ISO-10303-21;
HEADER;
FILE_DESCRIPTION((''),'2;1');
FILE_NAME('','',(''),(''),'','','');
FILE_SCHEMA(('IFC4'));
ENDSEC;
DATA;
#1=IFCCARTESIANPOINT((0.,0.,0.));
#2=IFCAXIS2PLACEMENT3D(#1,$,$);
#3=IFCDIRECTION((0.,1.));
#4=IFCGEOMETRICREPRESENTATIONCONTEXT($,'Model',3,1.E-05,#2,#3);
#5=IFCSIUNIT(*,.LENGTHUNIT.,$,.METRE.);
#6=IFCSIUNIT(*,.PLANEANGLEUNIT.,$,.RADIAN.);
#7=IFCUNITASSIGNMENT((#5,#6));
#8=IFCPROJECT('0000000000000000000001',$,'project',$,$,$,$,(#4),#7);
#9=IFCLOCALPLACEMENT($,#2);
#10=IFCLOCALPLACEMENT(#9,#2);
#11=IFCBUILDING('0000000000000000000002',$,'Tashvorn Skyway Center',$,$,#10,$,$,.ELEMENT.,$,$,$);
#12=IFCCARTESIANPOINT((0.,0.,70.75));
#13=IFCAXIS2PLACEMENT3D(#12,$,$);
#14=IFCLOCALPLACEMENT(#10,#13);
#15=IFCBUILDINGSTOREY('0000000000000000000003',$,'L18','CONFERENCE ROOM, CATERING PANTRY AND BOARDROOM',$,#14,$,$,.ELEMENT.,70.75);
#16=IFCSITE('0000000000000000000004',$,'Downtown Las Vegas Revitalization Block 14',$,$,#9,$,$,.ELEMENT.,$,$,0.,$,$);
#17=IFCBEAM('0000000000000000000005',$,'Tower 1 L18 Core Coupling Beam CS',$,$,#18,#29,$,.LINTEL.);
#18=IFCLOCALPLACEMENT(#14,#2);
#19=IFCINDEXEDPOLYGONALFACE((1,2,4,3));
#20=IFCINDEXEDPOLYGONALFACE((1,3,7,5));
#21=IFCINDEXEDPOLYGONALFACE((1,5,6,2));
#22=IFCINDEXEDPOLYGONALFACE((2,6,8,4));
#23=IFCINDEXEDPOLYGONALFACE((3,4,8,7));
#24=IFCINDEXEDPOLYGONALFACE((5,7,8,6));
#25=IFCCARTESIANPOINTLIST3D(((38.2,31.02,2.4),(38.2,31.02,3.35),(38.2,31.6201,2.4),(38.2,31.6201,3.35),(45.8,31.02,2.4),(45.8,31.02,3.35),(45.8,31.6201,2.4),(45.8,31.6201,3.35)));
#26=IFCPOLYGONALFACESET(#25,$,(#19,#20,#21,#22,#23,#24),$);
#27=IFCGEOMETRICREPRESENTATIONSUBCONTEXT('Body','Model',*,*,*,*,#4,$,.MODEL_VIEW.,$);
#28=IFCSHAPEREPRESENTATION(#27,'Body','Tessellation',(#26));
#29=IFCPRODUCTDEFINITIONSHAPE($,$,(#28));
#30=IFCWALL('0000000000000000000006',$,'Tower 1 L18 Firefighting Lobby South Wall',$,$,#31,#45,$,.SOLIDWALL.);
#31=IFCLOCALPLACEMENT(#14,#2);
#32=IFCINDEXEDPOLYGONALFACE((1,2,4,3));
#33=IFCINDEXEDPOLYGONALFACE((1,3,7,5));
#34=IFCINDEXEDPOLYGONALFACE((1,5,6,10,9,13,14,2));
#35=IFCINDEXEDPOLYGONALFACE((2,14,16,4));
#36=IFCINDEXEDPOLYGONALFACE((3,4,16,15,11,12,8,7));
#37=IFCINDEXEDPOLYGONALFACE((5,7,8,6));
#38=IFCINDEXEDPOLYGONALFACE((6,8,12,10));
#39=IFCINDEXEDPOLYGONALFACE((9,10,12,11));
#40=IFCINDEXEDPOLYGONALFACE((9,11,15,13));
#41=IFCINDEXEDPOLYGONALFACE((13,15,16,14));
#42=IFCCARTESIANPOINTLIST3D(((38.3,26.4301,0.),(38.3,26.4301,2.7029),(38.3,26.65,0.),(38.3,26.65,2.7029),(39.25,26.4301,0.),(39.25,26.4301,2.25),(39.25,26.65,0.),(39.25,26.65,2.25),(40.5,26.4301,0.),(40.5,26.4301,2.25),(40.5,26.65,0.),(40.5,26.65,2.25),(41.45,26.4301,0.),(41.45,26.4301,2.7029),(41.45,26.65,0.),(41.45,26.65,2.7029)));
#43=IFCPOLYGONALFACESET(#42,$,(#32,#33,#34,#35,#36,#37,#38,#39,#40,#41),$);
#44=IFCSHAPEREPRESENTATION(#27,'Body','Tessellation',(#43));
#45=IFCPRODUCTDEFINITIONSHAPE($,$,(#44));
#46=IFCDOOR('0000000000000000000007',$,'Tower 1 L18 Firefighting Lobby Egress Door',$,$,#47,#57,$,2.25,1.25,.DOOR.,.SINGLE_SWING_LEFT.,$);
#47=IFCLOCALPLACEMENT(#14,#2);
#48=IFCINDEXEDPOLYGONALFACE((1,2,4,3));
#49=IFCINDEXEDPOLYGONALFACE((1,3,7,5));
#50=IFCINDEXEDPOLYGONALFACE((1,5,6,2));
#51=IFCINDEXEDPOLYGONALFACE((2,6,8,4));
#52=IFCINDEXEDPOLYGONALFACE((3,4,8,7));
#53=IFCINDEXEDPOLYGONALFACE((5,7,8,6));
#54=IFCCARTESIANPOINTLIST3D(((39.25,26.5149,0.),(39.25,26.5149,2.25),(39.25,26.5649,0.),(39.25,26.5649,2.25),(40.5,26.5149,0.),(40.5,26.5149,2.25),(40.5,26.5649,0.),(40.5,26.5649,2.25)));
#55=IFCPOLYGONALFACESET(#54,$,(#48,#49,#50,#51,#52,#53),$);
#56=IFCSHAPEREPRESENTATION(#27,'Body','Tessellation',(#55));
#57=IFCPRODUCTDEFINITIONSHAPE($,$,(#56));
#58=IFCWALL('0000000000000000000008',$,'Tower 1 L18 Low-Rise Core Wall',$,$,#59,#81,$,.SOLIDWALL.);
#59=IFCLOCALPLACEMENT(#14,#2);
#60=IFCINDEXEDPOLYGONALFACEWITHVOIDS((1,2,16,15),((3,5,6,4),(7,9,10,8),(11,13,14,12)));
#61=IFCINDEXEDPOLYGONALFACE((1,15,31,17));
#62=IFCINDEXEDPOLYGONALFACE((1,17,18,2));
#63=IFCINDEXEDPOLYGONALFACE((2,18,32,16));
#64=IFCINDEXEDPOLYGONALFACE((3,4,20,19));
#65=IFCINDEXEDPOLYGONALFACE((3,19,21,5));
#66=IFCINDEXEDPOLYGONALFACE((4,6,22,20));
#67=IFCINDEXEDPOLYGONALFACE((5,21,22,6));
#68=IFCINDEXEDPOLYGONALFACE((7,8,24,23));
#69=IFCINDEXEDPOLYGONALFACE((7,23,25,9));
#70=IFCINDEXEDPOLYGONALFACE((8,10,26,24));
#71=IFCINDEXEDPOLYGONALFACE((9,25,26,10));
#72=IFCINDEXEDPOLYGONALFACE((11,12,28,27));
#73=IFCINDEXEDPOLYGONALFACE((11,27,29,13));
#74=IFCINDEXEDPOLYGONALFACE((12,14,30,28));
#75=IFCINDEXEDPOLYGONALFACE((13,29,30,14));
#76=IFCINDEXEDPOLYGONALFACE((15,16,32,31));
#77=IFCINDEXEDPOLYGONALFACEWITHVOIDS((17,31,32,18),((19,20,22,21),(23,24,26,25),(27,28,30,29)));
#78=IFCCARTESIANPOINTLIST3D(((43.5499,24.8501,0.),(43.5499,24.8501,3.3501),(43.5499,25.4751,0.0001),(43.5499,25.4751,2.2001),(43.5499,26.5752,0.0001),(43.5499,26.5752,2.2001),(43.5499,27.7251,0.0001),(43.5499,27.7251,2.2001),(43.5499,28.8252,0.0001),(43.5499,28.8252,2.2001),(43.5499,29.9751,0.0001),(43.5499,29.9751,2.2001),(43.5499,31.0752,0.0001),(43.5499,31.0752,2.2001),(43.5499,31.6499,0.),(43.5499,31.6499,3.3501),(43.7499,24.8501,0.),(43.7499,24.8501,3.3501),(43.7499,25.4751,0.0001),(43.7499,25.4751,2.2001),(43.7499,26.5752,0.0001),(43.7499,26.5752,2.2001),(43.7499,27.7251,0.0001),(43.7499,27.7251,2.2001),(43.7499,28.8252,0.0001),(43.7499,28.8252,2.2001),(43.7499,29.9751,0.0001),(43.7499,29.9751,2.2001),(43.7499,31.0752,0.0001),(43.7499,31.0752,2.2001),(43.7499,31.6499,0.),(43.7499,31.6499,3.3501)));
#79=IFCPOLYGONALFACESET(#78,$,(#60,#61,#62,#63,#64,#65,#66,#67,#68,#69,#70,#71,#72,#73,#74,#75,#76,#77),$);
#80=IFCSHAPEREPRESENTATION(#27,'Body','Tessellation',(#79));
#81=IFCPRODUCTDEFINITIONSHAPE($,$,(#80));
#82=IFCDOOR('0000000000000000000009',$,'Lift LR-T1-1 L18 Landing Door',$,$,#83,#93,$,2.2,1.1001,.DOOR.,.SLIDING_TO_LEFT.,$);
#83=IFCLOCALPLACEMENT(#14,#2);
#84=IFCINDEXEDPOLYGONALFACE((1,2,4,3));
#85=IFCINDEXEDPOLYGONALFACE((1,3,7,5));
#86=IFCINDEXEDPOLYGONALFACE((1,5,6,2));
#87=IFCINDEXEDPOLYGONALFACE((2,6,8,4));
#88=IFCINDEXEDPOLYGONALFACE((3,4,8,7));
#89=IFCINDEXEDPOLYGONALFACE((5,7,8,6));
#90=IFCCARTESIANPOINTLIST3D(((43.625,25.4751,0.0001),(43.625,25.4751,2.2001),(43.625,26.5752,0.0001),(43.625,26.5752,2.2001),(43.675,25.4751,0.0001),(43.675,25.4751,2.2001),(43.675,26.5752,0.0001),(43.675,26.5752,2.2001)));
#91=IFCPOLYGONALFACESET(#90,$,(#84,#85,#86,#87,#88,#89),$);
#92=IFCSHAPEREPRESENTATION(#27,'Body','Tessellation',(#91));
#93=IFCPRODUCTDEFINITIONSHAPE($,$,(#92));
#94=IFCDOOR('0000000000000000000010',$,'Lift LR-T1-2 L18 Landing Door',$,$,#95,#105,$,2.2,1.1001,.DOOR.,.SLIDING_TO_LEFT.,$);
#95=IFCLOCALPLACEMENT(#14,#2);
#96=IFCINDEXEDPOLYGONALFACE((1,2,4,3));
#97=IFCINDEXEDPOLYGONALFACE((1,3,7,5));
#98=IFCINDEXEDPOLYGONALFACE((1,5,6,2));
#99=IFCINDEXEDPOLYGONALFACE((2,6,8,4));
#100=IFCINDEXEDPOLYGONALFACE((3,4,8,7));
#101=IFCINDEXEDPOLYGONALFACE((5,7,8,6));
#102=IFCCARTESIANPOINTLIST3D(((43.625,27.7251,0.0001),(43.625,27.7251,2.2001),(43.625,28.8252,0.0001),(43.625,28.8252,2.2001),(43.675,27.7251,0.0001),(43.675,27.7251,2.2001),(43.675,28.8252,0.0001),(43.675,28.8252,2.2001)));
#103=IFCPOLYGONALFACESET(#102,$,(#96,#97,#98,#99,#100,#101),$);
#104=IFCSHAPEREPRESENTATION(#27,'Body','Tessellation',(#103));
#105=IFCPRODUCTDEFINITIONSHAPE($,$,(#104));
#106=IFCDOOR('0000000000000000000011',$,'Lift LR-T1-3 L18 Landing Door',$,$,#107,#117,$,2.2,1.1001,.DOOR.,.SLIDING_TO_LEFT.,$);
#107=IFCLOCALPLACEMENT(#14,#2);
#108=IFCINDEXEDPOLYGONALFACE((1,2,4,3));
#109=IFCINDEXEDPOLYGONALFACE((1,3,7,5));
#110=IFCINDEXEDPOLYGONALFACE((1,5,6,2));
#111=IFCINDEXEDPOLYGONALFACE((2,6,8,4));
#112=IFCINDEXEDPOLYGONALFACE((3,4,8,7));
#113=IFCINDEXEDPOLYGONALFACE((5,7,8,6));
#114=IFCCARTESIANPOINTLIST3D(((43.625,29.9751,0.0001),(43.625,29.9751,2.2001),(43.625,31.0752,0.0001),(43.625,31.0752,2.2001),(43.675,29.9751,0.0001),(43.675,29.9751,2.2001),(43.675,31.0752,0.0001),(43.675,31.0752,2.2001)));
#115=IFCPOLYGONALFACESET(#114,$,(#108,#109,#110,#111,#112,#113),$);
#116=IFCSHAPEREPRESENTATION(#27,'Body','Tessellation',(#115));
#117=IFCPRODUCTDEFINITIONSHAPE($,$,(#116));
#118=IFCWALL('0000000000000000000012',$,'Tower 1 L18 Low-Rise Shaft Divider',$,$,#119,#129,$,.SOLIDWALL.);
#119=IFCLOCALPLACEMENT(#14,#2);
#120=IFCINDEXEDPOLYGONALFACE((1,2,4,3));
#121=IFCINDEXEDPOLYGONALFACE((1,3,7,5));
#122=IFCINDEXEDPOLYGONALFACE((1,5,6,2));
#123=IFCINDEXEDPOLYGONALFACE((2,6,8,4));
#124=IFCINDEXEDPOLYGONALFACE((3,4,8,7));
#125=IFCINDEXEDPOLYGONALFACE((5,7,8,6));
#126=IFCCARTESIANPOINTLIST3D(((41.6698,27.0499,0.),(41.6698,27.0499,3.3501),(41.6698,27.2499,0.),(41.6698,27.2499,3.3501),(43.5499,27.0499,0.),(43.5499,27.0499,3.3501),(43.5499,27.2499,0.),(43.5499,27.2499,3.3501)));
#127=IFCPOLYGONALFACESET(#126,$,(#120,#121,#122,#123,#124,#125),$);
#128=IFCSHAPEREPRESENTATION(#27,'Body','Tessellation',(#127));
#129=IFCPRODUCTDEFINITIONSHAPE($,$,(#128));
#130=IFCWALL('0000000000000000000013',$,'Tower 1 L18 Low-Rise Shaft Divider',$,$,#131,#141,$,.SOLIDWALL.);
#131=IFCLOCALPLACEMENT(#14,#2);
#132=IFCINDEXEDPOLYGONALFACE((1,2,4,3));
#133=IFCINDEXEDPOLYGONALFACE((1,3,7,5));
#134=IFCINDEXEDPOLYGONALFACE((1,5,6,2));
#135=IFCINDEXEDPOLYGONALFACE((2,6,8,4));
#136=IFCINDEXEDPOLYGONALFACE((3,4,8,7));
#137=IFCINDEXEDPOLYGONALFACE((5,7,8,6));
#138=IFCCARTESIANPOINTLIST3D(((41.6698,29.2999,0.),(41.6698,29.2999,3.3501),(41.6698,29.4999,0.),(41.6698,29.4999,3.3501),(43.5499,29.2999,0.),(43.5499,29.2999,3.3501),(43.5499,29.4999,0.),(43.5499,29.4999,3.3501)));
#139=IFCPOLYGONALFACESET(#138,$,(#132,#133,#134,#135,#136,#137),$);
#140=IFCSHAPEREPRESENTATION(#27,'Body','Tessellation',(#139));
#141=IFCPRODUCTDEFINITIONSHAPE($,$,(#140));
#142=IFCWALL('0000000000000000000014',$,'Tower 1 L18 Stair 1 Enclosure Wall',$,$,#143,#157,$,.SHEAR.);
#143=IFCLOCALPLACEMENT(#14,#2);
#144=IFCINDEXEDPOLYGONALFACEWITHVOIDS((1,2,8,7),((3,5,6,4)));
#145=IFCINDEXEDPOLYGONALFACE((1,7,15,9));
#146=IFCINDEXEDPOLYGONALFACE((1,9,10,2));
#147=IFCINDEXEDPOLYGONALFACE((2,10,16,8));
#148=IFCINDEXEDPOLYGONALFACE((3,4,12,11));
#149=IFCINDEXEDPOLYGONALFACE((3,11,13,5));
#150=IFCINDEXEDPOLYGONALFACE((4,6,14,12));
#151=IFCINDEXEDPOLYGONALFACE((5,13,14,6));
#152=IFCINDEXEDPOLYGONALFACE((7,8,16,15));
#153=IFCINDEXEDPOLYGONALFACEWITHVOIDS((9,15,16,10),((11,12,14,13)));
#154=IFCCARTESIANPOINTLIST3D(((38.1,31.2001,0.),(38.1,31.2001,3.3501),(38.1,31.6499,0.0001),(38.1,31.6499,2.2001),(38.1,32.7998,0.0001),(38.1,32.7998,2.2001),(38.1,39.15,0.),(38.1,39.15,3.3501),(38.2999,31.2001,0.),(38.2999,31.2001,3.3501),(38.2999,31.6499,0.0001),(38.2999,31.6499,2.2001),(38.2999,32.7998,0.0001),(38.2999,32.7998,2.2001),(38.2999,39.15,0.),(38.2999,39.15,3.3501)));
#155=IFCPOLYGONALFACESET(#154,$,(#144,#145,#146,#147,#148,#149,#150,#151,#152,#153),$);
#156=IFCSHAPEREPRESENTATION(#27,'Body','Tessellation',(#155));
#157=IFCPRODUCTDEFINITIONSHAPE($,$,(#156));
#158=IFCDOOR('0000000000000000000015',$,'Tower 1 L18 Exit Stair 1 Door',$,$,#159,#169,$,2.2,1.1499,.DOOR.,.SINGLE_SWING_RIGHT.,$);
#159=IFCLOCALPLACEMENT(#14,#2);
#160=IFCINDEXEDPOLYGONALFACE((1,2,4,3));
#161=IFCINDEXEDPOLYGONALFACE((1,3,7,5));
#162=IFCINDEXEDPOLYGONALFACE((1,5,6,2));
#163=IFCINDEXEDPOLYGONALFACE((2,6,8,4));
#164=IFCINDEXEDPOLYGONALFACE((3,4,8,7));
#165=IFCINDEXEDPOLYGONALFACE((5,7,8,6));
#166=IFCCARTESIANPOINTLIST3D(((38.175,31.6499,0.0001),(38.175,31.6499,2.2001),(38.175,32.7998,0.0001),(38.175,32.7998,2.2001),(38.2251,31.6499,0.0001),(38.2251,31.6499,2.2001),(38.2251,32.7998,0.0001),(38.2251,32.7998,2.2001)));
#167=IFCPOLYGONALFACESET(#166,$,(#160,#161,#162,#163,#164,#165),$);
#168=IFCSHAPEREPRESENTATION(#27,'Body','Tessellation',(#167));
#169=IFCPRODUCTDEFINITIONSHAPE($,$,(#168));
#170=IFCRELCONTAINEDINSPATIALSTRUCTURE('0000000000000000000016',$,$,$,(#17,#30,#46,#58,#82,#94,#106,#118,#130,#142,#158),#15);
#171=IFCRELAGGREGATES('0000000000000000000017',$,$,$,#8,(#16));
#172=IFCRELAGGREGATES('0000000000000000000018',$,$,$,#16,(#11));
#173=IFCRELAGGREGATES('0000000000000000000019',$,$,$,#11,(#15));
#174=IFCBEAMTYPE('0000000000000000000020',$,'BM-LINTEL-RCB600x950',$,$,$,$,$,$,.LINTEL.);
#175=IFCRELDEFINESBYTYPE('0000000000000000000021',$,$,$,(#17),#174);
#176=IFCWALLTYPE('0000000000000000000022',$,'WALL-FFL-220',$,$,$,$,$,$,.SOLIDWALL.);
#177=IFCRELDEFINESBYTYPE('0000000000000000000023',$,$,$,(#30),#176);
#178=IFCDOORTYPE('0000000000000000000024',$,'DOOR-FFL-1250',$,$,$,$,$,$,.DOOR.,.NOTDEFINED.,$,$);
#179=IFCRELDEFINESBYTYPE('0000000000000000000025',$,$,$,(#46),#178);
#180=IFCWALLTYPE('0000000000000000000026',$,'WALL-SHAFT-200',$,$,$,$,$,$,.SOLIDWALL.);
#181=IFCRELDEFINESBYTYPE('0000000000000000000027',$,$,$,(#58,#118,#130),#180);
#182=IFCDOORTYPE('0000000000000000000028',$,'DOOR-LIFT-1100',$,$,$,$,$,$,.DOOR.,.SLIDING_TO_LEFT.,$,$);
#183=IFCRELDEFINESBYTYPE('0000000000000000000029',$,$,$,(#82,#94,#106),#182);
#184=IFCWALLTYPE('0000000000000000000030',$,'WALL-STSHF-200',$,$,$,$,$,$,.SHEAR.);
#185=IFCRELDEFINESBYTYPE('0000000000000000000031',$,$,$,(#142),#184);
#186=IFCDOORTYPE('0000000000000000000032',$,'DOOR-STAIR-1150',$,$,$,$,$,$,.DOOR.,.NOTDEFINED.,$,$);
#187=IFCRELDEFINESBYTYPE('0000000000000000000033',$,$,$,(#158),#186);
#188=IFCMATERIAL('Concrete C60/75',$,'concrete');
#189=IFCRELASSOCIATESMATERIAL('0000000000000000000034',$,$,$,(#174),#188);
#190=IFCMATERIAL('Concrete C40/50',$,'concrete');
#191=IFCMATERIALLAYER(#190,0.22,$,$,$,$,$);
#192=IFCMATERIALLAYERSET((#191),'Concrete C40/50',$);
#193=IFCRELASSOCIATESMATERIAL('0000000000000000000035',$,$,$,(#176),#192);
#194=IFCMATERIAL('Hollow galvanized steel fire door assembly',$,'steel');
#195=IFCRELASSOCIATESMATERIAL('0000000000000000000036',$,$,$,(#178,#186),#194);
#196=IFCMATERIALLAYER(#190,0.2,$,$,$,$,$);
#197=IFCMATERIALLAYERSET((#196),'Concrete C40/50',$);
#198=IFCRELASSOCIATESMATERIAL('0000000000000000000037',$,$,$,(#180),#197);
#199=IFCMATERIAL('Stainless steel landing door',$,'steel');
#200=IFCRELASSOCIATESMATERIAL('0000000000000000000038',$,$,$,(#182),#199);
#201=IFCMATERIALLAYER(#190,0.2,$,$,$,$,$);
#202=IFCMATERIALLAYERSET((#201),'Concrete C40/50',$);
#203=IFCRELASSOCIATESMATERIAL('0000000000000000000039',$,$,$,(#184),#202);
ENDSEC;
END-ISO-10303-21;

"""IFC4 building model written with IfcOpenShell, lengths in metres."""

from ifc_helpers import new_model, si_unit, direction, frame, frame_2d, origin, origin_2d, place, context, subcontext, project, spatial, rectangle, extrude, material, layer, layer_set, material_profile, profile_set, type_object, element, fill, save


model = new_model("IFC4")

# Units and contexts
model_context = context("Model", 3, precision=1e-05, world=origin(), true_north=direction((0.0, 1.0)))
body_context = subcontext(model_context, "Body", "Model", "MODEL_VIEW")
ifc_project = project(units=[si_unit("LENGTHUNIT", "METRE"), si_unit("PLANEANGLEUNIT", "RADIAN")], contexts=[model_context])

# Site, building, storey
site_placement = place(None, origin())
site = spatial("IfcSite", under=ifc_project, at=site_placement, Name="Downtown Las Vegas Revitalization Block 14", CompositionType="ELEMENT", RefElevation=0.0)
building_placement = place(site_placement, origin())
building = spatial("IfcBuilding", under=site, at=building_placement, Name="Tashvorn Skyway Center", CompositionType="ELEMENT")
storey_placement = place(building_placement, frame((0.0, 0.0, 70.75)))
storey = spatial("IfcBuildingStorey", under=building, at=storey_placement, Name="L18", Description="CONFERENCE ROOM, CATERING PANTRY AND BOARDROOM", CompositionType="ELEMENT", Elevation=70.75)

# Beam
ifc_material_1 = material(Name="Concrete C60/75", Category="concrete")
ifc_material_profile = material_profile(ifc_material_1, rectangle(XDim=0.6001, YDim=0.95, at=origin_2d()), Name="RCB600x950")
ifc_profile_set = profile_set([ifc_material_profile], Name="Concrete C60/75")
beam_type = type_object("IfcBeamType", Name="BM-LINTEL-RCB600x950", PredefinedType="LINTEL", material=ifc_profile_set)
beam_placement = place(storey_placement, frame((38.2, 31.3201, 2.875), z_axis=(1.0, 0.0, 0.0), x_axis=(0.0, 1.0, 0.0)))
element("IfcBeam", 1, at=beam_placement, inside=storey, type_object=beam_type, Name="Tower 1 L18 Core Coupling Beam CS", PredefinedType="LINTEL", context=body_context, shape_type="SweptSolid", body=[
    extrude(rectangle(XDim=0.6001, YDim=0.95, at=origin_2d()), origin(), (0.0, 0.0, 1.0), 7.6001),
])

# Wall, opening, door
ifc_material_2 = material(Name="Concrete C40/50", Category="concrete")
ifc_layer_1 = layer(ifc_material_2, 0.22)
ifc_layer_set_1 = layer_set([ifc_layer_1], Name="Concrete C40/50")
wall_type_1 = type_object("IfcWallType", Name="WALL-FFL-220", PredefinedType="SOLIDWALL", material=ifc_layer_set_1)
wall_1_placement = place(storey_placement, frame((38.3, 26.54, 0.0), z_axis=(0.0, 0.0, 1.0), x_axis=(1.0, 0.0, 0.0)))
wall_1 = element("IfcWall", 2, at=wall_1_placement, inside=storey, type_object=wall_type_1, Name="Tower 1 L18 Firefighting Lobby South Wall", PredefinedType="SOLIDWALL", context=body_context, shape_type="SweptSolid", body=[
    extrude(rectangle(XDim=3.1499, YDim=0.22, at=frame_2d((1.575, 0.0))), origin(), (0.0, 0.0, 1.0), 2.7029),
])
opening_1_placement = place(wall_1_placement, frame((0.95, 0.0, 0.0)))
opening_1 = element("IfcOpeningElement", 3, at=opening_1_placement, cuts=wall_1, PredefinedType="OPENING", context=body_context, shape_type="SweptSolid", body=[
    extrude(rectangle(XDim=1.25, YDim=2.25, at=frame_2d((0.625, 1.125))), frame((0.0, 0.1199, 0.0), z_axis=(0.0, -1.0, 0.0), x_axis=(1.0, 0.0, 0.0)), (0.0, 0.0, 1.0), 0.24),
])
ifc_material_3 = material(Name="Hollow galvanized steel fire door assembly", Category="steel")
door_type_1 = type_object("IfcDoorType", Name="DOOR-FFL-1250", OperationType="NOTDEFINED", PredefinedType="DOOR", material=ifc_material_3)
door_1_placement = place(opening_1_placement, origin())
door_1 = element("IfcDoor", 4, at=door_1_placement, inside=storey, type_object=door_type_1, Name="Tower 1 L18 Firefighting Lobby Egress Door", OperationType="SINGLE_SWING_LEFT", OverallHeight=2.25, OverallWidth=1.25, PredefinedType="DOOR", context=body_context, shape_type="SweptSolid", body=[
    extrude(rectangle(XDim=1.25, YDim=2.25, at=frame_2d((0.625, 1.125))), frame((0.0, 0.0249, 0.0), z_axis=(0.0, -1.0, 0.0), x_axis=(1.0, 0.0, 0.0)), (0.0, 0.0, 1.0), 0.05),
])
fill(opening_1, door_1)

# Wall, openings, doors
ifc_layer_2 = layer(ifc_material_2, 0.2)
ifc_layer_set_2 = layer_set([ifc_layer_2], Name="Concrete C40/50")
wall_type_2 = type_object("IfcWallType", Name="WALL-SHAFT-200", PredefinedType="SOLIDWALL", material=ifc_layer_set_2)
wall_2_placement = place(storey_placement, frame((43.6499, 24.8501, 0.0), z_axis=(0.0, 0.0, 1.0), x_axis=(0.0, 1.0, 0.0)))
wall_2 = element("IfcWall", 5, at=wall_2_placement, inside=storey, type_object=wall_type_2, Name="Tower 1 L18 Low-Rise Core Wall", PredefinedType="SOLIDWALL", context=body_context, shape_type="SweptSolid", body=[
    extrude(rectangle(XDim=6.7998, YDim=0.2, at=frame_2d((3.3999, 0.0))), origin(), (0.0, 0.0, 1.0), 3.3501),
])
opening_2_placement = place(wall_2_placement, frame((0.625, 0.0, 0.0)))
opening_2 = element("IfcOpeningElement", 6, at=opening_2_placement, cuts=wall_2, PredefinedType="OPENING", context=body_context, shape_type="SweptSolid", body=[
    extrude(rectangle(XDim=1.1001, YDim=2.2, at=frame_2d((0.55, 1.1001))), frame((0.0, 0.1099, 0.0), z_axis=(0.0, -1.0, 0.0), x_axis=(1.0, 0.0, 0.0)), (0.0, 0.0, 1.0), 0.22),
])
opening_3_placement = place(wall_2_placement, frame((2.875, 0.0, 0.0)))
opening_3 = element("IfcOpeningElement", 7, at=opening_3_placement, cuts=wall_2, PredefinedType="OPENING", context=body_context, shape_type="SweptSolid", body=[
    extrude(rectangle(XDim=1.1001, YDim=2.2, at=frame_2d((0.55, 1.1001))), frame((0.0, 0.1099, 0.0), z_axis=(0.0, -1.0, 0.0), x_axis=(1.0, 0.0, 0.0)), (0.0, 0.0, 1.0), 0.22),
])
opening_4_placement = place(wall_2_placement, frame((5.125, 0.0, 0.0)))
opening_4 = element("IfcOpeningElement", 8, at=opening_4_placement, cuts=wall_2, PredefinedType="OPENING", context=body_context, shape_type="SweptSolid", body=[
    extrude(rectangle(XDim=1.1001, YDim=2.2, at=frame_2d((0.55, 1.1001))), frame((0.0, 0.1099, 0.0), z_axis=(0.0, -1.0, 0.0), x_axis=(1.0, 0.0, 0.0)), (0.0, 0.0, 1.0), 0.22),
])
ifc_material_4 = material(Name="Stainless steel landing door", Category="steel")
door_type_2 = type_object("IfcDoorType", Name="DOOR-LIFT-1100", OperationType="SLIDING_TO_LEFT", PredefinedType="DOOR", material=ifc_material_4)
door_2_placement = place(opening_2_placement, origin())
door_2 = element("IfcDoor", 9, at=door_2_placement, inside=storey, type_object=door_type_2, Name="Lift LR-T1-1 L18 Landing Door", OperationType="SLIDING_TO_LEFT", OverallHeight=2.2, OverallWidth=1.1001, PredefinedType="DOOR", context=body_context, shape_type="SweptSolid", body=[
    extrude(rectangle(XDim=1.1001, YDim=2.2, at=frame_2d((0.55, 1.1001))), frame((0.0, 0.0249, 0.0), z_axis=(0.0, -1.0, 0.0), x_axis=(1.0, 0.0, 0.0)), (0.0, 0.0, 1.0), 0.05),
])
fill(opening_2, door_2)
door_3_placement = place(opening_3_placement, origin())
door_3 = element("IfcDoor", 10, at=door_3_placement, inside=storey, type_object=door_type_2, Name="Lift LR-T1-2 L18 Landing Door", OperationType="SLIDING_TO_LEFT", OverallHeight=2.2, OverallWidth=1.1001, PredefinedType="DOOR", context=body_context, shape_type="SweptSolid", body=[
    extrude(rectangle(XDim=1.1001, YDim=2.2, at=frame_2d((0.55, 1.1001))), frame((0.0, 0.0249, 0.0), z_axis=(0.0, -1.0, 0.0), x_axis=(1.0, 0.0, 0.0)), (0.0, 0.0, 1.0), 0.05),
])
fill(opening_3, door_3)
door_4_placement = place(opening_4_placement, origin())
door_4 = element("IfcDoor", 11, at=door_4_placement, inside=storey, type_object=door_type_2, Name="Lift LR-T1-3 L18 Landing Door", OperationType="SLIDING_TO_LEFT", OverallHeight=2.2, OverallWidth=1.1001, PredefinedType="DOOR", context=body_context, shape_type="SweptSolid", body=[
    extrude(rectangle(XDim=1.1001, YDim=2.2, at=frame_2d((0.55, 1.1001))), frame((0.0, 0.0249, 0.0), z_axis=(0.0, -1.0, 0.0), x_axis=(1.0, 0.0, 0.0)), (0.0, 0.0, 1.0), 0.05),
])
fill(opening_4, door_4)

# Walls
for number, where, z_axis, x_axis, name in (
    (12, (41.6699, 27.1499, 0.0), (0.0, 0.0, 1.0), (1.0, 0.0, 0.0), "Tower 1 L18 Low-Rise Shaft Divider"),
    (13, (41.6699, 29.3999, 0.0), (0.0, 0.0, 1.0), (1.0, 0.0, 0.0), "Tower 1 L18 Low-Rise Shaft Divider"),
):
    element("IfcWall", number, at=place(storey_placement, frame(where, z_axis=z_axis, x_axis=x_axis)), inside=storey, type_object=wall_type_2, Name=name, PredefinedType="SOLIDWALL", context=body_context, shape_type="SweptSolid", body=[
        extrude(rectangle(XDim=1.8801, YDim=0.2, at=frame_2d((0.9399, 0.0))), origin(), (0.0, 0.0, 1.0), 3.3501),
    ])

# Wall, opening, door
ifc_layer_3 = layer(ifc_material_2, 0.2)
ifc_layer_set_3 = layer_set([ifc_layer_3], Name="Concrete C40/50")
wall_type_3 = type_object("IfcWallType", Name="WALL-STSHF-200", PredefinedType="SHEAR", material=ifc_layer_set_3)
wall_3_placement = place(storey_placement, frame((38.2, 31.2, 0.0), z_axis=(0.0, 0.0, 1.0), x_axis=(0.0, 1.0, 0.0)))
wall_3 = element("IfcWall", 14, at=wall_3_placement, inside=storey, type_object=wall_type_3, Name="Tower 1 L18 Stair 1 Enclosure Wall", PredefinedType="SHEAR", context=body_context, shape_type="SweptSolid", body=[
    extrude(rectangle(XDim=7.95, YDim=0.2, at=frame_2d((3.9751, 0.0))), origin(), (0.0, 0.0, 1.0), 3.3501),
])
opening_5_placement = place(wall_3_placement, frame((0.45, 0.0, 0.0)))
opening_5 = element("IfcOpeningElement", 15, at=opening_5_placement, cuts=wall_3, PredefinedType="OPENING", context=body_context, shape_type="SweptSolid", body=[
    extrude(rectangle(XDim=1.1499, YDim=2.2, at=frame_2d((0.575, 1.1001))), frame((0.0, 0.1099, 0.0), z_axis=(0.0, -1.0, 0.0), x_axis=(1.0, 0.0, 0.0)), (0.0, 0.0, 1.0), 0.22),
])
door_type_3 = type_object("IfcDoorType", Name="DOOR-STAIR-1150", OperationType="NOTDEFINED", PredefinedType="DOOR", material=ifc_material_3)
door_5_placement = place(opening_5_placement, origin())
door_5 = element("IfcDoor", 16, at=door_5_placement, inside=storey, type_object=door_type_3, Name="Tower 1 L18 Exit Stair 1 Door", OperationType="SINGLE_SWING_RIGHT", OverallHeight=2.2, OverallWidth=1.1499, PredefinedType="DOOR", context=body_context, shape_type="SweptSolid", body=[
    extrude(rectangle(XDim=1.1499, YDim=2.2, at=frame_2d((0.575, 1.1001))), frame((0.0, 0.0249, 0.0), z_axis=(0.0, -1.0, 0.0), x_axis=(1.0, 0.0, 0.0)), (0.0, 0.0, 1.0), 0.05),
])
fill(opening_5, door_5)

save(model, "model.ifc")
